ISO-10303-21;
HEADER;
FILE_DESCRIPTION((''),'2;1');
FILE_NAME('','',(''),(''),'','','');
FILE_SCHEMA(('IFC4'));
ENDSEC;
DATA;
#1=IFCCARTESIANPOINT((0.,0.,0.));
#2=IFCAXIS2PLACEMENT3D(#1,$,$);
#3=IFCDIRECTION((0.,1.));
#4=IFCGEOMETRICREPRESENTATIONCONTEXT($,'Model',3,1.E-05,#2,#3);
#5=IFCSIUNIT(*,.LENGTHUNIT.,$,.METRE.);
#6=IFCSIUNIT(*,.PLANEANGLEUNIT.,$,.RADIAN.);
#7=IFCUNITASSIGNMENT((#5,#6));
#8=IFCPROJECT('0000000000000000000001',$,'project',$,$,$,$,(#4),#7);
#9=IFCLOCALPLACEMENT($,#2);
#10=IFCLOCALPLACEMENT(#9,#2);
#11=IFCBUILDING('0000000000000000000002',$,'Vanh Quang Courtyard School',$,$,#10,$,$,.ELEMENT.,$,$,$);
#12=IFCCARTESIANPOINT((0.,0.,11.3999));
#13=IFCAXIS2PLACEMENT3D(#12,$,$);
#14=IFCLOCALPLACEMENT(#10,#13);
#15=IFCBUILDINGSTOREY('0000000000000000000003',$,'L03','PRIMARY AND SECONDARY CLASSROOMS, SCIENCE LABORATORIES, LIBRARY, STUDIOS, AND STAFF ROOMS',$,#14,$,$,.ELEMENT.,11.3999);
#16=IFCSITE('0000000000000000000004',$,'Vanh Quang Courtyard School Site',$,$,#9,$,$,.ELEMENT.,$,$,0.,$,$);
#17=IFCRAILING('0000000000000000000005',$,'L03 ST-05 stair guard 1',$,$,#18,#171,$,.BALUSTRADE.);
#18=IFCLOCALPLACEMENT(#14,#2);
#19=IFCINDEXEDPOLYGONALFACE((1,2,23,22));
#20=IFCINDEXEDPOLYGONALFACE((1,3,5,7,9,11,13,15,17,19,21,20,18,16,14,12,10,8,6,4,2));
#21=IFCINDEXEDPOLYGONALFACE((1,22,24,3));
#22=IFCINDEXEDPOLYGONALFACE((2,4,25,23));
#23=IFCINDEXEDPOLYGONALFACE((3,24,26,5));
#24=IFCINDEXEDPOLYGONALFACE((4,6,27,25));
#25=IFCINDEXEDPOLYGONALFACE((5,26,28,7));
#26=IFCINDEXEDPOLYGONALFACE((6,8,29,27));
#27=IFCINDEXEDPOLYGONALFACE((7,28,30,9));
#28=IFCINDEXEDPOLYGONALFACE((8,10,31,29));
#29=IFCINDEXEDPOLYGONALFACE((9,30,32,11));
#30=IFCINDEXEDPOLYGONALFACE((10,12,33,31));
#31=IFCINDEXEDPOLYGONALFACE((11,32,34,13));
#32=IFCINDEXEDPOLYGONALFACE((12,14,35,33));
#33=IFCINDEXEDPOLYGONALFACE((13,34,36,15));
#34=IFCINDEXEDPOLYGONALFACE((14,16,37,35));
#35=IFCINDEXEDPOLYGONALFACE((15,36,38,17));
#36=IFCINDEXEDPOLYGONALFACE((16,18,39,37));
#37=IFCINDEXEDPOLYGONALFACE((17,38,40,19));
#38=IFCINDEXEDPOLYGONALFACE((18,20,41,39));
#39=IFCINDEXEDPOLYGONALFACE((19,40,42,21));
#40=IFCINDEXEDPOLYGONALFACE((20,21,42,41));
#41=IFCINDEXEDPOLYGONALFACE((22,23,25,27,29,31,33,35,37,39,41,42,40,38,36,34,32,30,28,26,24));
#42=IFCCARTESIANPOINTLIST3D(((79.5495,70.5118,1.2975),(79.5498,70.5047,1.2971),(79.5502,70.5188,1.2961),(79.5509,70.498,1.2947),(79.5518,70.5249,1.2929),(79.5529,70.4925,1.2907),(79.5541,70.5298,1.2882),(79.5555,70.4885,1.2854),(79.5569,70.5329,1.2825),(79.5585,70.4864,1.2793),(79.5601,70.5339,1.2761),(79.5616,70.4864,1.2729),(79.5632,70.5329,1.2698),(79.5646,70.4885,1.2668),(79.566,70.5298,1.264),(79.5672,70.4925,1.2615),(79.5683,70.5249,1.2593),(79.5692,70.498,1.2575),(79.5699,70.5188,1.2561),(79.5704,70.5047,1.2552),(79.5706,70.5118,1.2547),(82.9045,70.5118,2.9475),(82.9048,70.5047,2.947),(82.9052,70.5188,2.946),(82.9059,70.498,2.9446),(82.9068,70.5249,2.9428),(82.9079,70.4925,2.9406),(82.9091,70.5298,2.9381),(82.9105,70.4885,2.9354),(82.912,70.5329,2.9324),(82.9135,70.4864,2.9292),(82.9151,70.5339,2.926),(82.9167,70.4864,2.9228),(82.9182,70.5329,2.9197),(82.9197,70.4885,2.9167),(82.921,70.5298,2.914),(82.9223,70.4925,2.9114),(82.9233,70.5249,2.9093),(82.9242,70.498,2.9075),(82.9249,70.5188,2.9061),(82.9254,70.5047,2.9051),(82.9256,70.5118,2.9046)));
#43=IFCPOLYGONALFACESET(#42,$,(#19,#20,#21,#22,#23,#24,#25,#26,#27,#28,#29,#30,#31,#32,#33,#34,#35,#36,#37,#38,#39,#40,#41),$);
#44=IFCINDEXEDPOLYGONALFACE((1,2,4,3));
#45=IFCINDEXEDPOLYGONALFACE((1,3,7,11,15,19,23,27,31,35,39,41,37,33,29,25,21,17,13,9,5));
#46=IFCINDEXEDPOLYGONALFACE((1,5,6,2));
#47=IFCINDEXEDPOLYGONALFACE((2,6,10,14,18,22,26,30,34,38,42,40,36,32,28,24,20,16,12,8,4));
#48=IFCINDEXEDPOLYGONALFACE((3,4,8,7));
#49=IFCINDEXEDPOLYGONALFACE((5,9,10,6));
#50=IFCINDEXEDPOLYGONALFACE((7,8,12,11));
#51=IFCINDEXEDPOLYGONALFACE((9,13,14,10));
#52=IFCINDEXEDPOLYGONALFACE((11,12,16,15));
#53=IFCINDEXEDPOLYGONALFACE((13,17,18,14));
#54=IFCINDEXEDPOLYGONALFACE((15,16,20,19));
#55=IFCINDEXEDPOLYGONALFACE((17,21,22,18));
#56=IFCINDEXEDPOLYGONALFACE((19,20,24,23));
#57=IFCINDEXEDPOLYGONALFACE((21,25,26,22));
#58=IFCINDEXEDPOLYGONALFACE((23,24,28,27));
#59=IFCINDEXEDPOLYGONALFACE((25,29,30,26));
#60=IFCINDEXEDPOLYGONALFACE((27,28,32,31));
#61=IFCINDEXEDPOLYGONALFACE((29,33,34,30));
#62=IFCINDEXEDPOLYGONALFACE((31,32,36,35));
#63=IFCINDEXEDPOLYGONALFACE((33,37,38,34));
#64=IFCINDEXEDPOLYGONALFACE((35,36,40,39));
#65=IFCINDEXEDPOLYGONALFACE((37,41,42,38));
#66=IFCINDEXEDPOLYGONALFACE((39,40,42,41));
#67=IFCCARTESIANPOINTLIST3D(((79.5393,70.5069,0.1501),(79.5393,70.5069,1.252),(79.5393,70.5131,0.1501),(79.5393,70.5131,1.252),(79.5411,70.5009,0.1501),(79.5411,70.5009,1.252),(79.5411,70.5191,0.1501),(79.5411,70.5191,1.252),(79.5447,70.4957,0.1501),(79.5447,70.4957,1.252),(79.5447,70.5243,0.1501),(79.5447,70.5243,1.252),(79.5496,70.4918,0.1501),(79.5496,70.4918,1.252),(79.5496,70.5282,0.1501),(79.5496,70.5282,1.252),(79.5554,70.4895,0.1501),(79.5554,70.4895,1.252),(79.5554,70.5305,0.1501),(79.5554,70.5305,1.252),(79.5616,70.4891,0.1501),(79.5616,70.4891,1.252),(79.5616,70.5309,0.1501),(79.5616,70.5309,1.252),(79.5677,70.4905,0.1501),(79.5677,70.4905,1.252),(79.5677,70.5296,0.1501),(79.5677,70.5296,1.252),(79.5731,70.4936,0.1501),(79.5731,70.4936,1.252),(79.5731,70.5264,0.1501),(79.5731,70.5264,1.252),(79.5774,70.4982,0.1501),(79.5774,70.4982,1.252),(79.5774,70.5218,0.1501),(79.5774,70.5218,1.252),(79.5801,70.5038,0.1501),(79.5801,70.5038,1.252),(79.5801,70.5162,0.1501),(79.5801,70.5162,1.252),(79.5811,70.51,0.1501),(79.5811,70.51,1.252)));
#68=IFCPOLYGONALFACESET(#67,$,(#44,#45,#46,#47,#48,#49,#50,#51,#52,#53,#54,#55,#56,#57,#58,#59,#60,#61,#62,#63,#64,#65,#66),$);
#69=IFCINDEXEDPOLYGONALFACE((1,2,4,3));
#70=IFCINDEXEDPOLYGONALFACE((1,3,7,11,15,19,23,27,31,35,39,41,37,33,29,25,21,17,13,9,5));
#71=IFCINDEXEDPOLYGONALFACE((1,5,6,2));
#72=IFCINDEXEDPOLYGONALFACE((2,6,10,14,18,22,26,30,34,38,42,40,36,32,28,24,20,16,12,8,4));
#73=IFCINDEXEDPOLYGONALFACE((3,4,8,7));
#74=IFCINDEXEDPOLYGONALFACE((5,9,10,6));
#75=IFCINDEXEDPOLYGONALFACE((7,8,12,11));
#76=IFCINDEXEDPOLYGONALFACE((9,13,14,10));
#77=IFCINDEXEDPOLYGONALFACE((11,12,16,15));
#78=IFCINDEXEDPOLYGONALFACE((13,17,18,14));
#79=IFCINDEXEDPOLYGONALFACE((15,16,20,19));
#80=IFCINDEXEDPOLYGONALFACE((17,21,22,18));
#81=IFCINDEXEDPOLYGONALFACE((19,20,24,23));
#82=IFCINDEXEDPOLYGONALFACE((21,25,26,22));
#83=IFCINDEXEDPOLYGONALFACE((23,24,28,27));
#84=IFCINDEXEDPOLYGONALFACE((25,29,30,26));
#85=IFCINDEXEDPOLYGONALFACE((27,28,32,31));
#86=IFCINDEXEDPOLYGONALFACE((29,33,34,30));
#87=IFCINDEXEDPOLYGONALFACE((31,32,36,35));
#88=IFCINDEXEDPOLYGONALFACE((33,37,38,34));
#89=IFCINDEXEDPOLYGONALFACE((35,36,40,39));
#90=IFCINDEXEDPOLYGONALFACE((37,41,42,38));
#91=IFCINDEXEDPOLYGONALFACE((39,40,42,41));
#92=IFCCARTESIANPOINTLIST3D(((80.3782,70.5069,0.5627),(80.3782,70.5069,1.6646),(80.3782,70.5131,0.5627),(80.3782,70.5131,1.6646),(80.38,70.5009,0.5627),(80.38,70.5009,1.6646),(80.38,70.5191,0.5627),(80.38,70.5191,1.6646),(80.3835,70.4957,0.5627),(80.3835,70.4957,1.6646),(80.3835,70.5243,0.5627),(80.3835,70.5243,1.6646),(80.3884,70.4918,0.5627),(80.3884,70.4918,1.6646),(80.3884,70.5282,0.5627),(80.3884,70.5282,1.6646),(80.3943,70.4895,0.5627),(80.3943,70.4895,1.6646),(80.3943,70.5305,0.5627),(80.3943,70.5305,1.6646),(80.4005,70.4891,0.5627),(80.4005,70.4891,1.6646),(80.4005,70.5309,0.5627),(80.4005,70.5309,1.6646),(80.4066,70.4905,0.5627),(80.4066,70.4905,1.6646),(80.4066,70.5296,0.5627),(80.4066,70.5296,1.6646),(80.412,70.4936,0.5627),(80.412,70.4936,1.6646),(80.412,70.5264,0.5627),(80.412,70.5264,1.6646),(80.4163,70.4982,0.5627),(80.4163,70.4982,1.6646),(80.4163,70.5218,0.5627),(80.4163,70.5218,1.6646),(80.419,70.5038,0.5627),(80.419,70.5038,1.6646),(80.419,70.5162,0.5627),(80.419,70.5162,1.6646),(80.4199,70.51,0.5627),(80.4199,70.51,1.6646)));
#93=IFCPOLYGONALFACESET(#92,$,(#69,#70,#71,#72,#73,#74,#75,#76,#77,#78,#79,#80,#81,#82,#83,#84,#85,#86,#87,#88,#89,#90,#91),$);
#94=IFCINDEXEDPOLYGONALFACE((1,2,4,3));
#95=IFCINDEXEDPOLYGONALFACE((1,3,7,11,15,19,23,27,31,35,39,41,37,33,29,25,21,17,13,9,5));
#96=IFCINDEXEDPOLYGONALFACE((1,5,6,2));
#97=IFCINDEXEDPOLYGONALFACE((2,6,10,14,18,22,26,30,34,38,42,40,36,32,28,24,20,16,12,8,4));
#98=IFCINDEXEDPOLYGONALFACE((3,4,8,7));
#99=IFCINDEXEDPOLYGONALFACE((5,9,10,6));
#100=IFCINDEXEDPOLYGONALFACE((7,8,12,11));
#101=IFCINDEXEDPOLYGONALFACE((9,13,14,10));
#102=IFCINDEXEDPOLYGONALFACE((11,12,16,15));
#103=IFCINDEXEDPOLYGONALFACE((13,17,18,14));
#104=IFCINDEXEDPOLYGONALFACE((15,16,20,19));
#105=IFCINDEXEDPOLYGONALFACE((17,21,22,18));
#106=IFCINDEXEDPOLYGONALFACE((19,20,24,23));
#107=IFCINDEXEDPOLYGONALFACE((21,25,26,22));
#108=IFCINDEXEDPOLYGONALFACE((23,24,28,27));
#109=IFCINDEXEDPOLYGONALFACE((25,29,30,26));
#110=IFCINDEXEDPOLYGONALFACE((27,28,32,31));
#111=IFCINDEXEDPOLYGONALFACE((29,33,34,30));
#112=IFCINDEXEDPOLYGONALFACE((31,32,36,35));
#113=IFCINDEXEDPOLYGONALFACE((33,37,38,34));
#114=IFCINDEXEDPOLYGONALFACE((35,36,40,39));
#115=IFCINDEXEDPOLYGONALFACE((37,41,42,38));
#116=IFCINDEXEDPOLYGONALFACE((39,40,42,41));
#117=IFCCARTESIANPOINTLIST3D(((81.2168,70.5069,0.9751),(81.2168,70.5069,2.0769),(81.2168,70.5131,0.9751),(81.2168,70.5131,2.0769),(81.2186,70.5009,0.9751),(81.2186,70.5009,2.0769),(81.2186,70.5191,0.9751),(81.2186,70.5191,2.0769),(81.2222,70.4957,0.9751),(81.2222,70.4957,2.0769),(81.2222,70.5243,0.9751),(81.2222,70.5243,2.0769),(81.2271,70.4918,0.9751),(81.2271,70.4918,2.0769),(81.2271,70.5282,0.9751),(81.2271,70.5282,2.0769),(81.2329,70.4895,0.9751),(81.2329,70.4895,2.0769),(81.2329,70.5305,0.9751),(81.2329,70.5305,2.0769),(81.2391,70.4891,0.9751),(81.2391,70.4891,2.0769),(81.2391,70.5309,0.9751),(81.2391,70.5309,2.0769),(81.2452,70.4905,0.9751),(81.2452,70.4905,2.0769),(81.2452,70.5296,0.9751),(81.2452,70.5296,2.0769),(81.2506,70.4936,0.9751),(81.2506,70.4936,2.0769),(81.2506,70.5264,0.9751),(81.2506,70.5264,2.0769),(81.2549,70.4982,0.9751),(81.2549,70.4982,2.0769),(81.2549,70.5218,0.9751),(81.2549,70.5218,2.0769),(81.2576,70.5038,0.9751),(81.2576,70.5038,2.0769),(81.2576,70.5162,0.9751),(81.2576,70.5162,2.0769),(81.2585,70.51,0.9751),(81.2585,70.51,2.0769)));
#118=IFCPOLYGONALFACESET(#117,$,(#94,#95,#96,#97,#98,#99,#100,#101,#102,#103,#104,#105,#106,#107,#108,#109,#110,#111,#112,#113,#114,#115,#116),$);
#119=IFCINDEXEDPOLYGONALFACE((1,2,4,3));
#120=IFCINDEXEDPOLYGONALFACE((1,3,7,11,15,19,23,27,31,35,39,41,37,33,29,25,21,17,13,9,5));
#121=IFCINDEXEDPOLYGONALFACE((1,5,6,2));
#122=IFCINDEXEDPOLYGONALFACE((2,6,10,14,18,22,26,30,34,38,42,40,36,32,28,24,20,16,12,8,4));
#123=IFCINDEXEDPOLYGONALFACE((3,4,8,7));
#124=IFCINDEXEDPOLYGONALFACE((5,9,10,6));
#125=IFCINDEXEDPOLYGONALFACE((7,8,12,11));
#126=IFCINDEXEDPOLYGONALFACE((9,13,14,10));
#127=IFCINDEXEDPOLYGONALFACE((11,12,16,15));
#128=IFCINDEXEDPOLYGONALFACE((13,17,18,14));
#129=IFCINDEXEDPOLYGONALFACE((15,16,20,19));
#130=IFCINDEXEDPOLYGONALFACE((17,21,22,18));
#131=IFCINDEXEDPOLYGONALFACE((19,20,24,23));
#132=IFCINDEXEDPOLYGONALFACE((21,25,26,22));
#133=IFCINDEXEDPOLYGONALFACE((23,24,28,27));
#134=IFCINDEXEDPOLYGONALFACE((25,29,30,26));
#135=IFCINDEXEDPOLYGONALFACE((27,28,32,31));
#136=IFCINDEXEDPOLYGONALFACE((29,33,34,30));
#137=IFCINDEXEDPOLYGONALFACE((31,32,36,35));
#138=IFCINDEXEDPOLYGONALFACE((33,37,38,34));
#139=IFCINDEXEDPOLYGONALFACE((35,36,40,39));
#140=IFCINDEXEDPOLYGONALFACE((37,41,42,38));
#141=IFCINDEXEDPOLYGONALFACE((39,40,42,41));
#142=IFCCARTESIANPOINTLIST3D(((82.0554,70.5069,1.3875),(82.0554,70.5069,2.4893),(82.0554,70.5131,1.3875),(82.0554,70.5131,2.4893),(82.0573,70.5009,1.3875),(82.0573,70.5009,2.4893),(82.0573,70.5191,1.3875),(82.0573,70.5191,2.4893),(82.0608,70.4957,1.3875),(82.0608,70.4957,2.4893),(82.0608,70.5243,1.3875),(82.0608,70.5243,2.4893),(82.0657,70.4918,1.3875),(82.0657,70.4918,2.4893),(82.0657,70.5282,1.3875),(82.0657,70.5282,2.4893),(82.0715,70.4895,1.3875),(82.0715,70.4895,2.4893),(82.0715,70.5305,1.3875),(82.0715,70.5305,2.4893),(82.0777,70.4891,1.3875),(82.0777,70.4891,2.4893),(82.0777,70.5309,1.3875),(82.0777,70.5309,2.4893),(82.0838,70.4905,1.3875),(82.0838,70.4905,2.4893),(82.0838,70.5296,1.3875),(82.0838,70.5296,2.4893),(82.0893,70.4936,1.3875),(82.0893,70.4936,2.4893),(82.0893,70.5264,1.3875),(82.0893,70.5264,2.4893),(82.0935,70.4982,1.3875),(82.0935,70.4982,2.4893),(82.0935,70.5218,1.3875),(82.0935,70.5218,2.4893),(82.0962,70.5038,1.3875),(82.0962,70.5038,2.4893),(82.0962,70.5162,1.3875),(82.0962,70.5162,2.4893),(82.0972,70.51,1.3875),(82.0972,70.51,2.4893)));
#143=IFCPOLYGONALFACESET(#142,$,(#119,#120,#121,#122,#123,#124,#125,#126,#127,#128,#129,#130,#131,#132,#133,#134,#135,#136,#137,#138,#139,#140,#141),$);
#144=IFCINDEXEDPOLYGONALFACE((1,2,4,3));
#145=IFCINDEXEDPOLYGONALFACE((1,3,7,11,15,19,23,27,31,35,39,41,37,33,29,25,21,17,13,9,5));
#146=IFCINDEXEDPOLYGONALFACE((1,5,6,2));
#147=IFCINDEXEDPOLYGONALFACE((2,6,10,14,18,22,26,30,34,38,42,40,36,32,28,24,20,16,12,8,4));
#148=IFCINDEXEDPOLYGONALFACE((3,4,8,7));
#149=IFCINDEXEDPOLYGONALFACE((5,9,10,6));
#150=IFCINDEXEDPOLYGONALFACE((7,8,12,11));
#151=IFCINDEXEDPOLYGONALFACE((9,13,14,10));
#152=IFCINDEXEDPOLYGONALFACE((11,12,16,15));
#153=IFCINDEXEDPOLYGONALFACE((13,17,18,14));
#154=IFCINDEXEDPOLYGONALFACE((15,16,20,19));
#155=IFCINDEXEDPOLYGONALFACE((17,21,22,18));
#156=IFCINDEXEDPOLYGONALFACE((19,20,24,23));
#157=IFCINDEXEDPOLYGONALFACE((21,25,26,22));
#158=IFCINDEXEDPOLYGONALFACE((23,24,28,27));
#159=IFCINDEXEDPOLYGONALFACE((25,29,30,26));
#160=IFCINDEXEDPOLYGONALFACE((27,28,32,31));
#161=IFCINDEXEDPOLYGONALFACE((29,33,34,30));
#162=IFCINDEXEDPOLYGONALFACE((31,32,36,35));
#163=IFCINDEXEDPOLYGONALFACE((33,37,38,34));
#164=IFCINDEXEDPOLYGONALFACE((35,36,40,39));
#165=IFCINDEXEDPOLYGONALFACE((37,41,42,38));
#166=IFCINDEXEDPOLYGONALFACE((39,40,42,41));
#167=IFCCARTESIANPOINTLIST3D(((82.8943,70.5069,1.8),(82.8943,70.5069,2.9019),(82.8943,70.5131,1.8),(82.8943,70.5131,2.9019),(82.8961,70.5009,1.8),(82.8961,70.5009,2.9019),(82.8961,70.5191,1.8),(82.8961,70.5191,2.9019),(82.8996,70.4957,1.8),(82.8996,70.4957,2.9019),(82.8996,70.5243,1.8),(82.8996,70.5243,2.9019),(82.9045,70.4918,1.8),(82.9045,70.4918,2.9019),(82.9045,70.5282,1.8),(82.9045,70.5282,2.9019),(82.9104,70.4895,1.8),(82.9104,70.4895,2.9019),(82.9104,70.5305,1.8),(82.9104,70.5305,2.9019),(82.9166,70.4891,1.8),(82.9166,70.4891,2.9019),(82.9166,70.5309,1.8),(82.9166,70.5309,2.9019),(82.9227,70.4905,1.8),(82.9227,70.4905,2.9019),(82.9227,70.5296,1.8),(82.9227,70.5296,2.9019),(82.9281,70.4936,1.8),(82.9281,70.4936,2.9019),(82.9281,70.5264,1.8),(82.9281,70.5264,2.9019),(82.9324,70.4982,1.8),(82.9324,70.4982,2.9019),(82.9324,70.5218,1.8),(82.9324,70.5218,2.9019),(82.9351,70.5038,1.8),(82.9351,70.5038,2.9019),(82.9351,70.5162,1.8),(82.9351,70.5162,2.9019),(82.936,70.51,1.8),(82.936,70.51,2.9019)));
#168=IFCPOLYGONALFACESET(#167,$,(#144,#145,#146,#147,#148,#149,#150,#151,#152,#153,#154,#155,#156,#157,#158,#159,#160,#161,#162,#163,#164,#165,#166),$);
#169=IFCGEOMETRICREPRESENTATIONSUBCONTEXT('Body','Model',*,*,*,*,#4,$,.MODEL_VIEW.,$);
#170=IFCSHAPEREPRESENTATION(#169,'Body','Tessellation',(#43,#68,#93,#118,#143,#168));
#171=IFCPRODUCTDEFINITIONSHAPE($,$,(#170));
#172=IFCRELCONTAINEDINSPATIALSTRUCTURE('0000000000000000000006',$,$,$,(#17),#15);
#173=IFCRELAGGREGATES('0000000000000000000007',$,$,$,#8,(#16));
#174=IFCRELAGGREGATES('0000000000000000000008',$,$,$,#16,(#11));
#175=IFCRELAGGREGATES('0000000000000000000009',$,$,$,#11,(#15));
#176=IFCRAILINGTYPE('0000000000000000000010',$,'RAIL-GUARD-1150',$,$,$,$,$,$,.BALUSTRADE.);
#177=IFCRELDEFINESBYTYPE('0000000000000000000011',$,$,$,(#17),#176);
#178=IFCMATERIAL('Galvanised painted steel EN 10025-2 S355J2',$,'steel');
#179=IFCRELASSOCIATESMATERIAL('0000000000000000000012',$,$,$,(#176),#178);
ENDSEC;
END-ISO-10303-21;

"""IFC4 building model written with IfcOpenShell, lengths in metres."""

from ifc_helpers import new_model, si_unit, direction, frame, origin, origin_2d, place, context, subcontext, project, spatial, circle, extrude, material, type_object, element, save


model = new_model("IFC4")

# Units and contexts
model_context = context("Model", 3, precision=1e-05, world=origin(), true_north=direction((0.0, 1.0)))
body_context = subcontext(model_context, "Body", "Model", "MODEL_VIEW")
ifc_project = project(units=[si_unit("LENGTHUNIT", "METRE"), si_unit("PLANEANGLEUNIT", "RADIAN")], contexts=[model_context])

# Site, building, storey
site_placement = place(None, origin())
site = spatial("IfcSite", under=ifc_project, at=site_placement, Name="Vanh Quang Courtyard School Site", CompositionType="ELEMENT", RefElevation=0.0)
building_placement = place(site_placement, origin())
building = spatial("IfcBuilding", under=site, at=building_placement, Name="Vanh Quang Courtyard School", CompositionType="ELEMENT")
storey_placement = place(building_placement, frame((0.0, 0.0, 11.3999)))
storey = spatial("IfcBuildingStorey", under=building, at=storey_placement, Name="L03", Description="PRIMARY AND SECONDARY CLASSROOMS, SCIENCE LABORATORIES, LIBRARY, STUDIOS, AND STAFF ROOMS", CompositionType="ELEMENT", Elevation=11.3999)

# Railing
ifc_material_1 = material(Name="Galvanised painted steel EN 10025-2 S355J2", Category="steel")
railing_type_1 = type_object("IfcRailingType", Name="RAIL-GUARD-1150", PredefinedType="BALUSTRADE", material=ifc_material_1)
railing_1_placement = place(storey_placement, frame((79.5601, 70.51, 0.1501)))
element("IfcRailing", 1, at=railing_1_placement, inside=storey, type_object=railing_type_1, Name="L03 ST-05 stair guard 1", PredefinedType="BALUSTRADE", context=body_context, shape_type="SweptSolid", body=[
    extrude(circle(Radius=0.0239, at=origin_2d()), frame((0.0, 0.0, 1.126), z_axis=(0.897359, 0.0, 0.441301), x_axis=(0.0, 1.0, 0.0)), (0.0, 0.0, 1.0), 3.7388),
    extrude(circle(Radius=0.021, at=origin_2d()), origin(), (0.0, 0.0, 1.0), 1.1018),
    extrude(circle(Radius=0.021, at=origin_2d()), frame((0.8389, 0.0, 0.4126)), (0.0, 0.0, 1.0), 1.1018),
    extrude(circle(Radius=0.021, at=origin_2d()), frame((1.6775, 0.0, 0.825)), (0.0, 0.0, 1.0), 1.1018),
    extrude(circle(Radius=0.021, at=origin_2d()), frame((2.5161, 0.0, 1.2373)), (0.0, 0.0, 1.0), 1.1018),
    extrude(circle(Radius=0.021, at=origin_2d()), frame((3.355, 0.0, 1.6499)), (0.0, 0.0, 1.0), 1.1018),
])

save(model, "model.ifc")
